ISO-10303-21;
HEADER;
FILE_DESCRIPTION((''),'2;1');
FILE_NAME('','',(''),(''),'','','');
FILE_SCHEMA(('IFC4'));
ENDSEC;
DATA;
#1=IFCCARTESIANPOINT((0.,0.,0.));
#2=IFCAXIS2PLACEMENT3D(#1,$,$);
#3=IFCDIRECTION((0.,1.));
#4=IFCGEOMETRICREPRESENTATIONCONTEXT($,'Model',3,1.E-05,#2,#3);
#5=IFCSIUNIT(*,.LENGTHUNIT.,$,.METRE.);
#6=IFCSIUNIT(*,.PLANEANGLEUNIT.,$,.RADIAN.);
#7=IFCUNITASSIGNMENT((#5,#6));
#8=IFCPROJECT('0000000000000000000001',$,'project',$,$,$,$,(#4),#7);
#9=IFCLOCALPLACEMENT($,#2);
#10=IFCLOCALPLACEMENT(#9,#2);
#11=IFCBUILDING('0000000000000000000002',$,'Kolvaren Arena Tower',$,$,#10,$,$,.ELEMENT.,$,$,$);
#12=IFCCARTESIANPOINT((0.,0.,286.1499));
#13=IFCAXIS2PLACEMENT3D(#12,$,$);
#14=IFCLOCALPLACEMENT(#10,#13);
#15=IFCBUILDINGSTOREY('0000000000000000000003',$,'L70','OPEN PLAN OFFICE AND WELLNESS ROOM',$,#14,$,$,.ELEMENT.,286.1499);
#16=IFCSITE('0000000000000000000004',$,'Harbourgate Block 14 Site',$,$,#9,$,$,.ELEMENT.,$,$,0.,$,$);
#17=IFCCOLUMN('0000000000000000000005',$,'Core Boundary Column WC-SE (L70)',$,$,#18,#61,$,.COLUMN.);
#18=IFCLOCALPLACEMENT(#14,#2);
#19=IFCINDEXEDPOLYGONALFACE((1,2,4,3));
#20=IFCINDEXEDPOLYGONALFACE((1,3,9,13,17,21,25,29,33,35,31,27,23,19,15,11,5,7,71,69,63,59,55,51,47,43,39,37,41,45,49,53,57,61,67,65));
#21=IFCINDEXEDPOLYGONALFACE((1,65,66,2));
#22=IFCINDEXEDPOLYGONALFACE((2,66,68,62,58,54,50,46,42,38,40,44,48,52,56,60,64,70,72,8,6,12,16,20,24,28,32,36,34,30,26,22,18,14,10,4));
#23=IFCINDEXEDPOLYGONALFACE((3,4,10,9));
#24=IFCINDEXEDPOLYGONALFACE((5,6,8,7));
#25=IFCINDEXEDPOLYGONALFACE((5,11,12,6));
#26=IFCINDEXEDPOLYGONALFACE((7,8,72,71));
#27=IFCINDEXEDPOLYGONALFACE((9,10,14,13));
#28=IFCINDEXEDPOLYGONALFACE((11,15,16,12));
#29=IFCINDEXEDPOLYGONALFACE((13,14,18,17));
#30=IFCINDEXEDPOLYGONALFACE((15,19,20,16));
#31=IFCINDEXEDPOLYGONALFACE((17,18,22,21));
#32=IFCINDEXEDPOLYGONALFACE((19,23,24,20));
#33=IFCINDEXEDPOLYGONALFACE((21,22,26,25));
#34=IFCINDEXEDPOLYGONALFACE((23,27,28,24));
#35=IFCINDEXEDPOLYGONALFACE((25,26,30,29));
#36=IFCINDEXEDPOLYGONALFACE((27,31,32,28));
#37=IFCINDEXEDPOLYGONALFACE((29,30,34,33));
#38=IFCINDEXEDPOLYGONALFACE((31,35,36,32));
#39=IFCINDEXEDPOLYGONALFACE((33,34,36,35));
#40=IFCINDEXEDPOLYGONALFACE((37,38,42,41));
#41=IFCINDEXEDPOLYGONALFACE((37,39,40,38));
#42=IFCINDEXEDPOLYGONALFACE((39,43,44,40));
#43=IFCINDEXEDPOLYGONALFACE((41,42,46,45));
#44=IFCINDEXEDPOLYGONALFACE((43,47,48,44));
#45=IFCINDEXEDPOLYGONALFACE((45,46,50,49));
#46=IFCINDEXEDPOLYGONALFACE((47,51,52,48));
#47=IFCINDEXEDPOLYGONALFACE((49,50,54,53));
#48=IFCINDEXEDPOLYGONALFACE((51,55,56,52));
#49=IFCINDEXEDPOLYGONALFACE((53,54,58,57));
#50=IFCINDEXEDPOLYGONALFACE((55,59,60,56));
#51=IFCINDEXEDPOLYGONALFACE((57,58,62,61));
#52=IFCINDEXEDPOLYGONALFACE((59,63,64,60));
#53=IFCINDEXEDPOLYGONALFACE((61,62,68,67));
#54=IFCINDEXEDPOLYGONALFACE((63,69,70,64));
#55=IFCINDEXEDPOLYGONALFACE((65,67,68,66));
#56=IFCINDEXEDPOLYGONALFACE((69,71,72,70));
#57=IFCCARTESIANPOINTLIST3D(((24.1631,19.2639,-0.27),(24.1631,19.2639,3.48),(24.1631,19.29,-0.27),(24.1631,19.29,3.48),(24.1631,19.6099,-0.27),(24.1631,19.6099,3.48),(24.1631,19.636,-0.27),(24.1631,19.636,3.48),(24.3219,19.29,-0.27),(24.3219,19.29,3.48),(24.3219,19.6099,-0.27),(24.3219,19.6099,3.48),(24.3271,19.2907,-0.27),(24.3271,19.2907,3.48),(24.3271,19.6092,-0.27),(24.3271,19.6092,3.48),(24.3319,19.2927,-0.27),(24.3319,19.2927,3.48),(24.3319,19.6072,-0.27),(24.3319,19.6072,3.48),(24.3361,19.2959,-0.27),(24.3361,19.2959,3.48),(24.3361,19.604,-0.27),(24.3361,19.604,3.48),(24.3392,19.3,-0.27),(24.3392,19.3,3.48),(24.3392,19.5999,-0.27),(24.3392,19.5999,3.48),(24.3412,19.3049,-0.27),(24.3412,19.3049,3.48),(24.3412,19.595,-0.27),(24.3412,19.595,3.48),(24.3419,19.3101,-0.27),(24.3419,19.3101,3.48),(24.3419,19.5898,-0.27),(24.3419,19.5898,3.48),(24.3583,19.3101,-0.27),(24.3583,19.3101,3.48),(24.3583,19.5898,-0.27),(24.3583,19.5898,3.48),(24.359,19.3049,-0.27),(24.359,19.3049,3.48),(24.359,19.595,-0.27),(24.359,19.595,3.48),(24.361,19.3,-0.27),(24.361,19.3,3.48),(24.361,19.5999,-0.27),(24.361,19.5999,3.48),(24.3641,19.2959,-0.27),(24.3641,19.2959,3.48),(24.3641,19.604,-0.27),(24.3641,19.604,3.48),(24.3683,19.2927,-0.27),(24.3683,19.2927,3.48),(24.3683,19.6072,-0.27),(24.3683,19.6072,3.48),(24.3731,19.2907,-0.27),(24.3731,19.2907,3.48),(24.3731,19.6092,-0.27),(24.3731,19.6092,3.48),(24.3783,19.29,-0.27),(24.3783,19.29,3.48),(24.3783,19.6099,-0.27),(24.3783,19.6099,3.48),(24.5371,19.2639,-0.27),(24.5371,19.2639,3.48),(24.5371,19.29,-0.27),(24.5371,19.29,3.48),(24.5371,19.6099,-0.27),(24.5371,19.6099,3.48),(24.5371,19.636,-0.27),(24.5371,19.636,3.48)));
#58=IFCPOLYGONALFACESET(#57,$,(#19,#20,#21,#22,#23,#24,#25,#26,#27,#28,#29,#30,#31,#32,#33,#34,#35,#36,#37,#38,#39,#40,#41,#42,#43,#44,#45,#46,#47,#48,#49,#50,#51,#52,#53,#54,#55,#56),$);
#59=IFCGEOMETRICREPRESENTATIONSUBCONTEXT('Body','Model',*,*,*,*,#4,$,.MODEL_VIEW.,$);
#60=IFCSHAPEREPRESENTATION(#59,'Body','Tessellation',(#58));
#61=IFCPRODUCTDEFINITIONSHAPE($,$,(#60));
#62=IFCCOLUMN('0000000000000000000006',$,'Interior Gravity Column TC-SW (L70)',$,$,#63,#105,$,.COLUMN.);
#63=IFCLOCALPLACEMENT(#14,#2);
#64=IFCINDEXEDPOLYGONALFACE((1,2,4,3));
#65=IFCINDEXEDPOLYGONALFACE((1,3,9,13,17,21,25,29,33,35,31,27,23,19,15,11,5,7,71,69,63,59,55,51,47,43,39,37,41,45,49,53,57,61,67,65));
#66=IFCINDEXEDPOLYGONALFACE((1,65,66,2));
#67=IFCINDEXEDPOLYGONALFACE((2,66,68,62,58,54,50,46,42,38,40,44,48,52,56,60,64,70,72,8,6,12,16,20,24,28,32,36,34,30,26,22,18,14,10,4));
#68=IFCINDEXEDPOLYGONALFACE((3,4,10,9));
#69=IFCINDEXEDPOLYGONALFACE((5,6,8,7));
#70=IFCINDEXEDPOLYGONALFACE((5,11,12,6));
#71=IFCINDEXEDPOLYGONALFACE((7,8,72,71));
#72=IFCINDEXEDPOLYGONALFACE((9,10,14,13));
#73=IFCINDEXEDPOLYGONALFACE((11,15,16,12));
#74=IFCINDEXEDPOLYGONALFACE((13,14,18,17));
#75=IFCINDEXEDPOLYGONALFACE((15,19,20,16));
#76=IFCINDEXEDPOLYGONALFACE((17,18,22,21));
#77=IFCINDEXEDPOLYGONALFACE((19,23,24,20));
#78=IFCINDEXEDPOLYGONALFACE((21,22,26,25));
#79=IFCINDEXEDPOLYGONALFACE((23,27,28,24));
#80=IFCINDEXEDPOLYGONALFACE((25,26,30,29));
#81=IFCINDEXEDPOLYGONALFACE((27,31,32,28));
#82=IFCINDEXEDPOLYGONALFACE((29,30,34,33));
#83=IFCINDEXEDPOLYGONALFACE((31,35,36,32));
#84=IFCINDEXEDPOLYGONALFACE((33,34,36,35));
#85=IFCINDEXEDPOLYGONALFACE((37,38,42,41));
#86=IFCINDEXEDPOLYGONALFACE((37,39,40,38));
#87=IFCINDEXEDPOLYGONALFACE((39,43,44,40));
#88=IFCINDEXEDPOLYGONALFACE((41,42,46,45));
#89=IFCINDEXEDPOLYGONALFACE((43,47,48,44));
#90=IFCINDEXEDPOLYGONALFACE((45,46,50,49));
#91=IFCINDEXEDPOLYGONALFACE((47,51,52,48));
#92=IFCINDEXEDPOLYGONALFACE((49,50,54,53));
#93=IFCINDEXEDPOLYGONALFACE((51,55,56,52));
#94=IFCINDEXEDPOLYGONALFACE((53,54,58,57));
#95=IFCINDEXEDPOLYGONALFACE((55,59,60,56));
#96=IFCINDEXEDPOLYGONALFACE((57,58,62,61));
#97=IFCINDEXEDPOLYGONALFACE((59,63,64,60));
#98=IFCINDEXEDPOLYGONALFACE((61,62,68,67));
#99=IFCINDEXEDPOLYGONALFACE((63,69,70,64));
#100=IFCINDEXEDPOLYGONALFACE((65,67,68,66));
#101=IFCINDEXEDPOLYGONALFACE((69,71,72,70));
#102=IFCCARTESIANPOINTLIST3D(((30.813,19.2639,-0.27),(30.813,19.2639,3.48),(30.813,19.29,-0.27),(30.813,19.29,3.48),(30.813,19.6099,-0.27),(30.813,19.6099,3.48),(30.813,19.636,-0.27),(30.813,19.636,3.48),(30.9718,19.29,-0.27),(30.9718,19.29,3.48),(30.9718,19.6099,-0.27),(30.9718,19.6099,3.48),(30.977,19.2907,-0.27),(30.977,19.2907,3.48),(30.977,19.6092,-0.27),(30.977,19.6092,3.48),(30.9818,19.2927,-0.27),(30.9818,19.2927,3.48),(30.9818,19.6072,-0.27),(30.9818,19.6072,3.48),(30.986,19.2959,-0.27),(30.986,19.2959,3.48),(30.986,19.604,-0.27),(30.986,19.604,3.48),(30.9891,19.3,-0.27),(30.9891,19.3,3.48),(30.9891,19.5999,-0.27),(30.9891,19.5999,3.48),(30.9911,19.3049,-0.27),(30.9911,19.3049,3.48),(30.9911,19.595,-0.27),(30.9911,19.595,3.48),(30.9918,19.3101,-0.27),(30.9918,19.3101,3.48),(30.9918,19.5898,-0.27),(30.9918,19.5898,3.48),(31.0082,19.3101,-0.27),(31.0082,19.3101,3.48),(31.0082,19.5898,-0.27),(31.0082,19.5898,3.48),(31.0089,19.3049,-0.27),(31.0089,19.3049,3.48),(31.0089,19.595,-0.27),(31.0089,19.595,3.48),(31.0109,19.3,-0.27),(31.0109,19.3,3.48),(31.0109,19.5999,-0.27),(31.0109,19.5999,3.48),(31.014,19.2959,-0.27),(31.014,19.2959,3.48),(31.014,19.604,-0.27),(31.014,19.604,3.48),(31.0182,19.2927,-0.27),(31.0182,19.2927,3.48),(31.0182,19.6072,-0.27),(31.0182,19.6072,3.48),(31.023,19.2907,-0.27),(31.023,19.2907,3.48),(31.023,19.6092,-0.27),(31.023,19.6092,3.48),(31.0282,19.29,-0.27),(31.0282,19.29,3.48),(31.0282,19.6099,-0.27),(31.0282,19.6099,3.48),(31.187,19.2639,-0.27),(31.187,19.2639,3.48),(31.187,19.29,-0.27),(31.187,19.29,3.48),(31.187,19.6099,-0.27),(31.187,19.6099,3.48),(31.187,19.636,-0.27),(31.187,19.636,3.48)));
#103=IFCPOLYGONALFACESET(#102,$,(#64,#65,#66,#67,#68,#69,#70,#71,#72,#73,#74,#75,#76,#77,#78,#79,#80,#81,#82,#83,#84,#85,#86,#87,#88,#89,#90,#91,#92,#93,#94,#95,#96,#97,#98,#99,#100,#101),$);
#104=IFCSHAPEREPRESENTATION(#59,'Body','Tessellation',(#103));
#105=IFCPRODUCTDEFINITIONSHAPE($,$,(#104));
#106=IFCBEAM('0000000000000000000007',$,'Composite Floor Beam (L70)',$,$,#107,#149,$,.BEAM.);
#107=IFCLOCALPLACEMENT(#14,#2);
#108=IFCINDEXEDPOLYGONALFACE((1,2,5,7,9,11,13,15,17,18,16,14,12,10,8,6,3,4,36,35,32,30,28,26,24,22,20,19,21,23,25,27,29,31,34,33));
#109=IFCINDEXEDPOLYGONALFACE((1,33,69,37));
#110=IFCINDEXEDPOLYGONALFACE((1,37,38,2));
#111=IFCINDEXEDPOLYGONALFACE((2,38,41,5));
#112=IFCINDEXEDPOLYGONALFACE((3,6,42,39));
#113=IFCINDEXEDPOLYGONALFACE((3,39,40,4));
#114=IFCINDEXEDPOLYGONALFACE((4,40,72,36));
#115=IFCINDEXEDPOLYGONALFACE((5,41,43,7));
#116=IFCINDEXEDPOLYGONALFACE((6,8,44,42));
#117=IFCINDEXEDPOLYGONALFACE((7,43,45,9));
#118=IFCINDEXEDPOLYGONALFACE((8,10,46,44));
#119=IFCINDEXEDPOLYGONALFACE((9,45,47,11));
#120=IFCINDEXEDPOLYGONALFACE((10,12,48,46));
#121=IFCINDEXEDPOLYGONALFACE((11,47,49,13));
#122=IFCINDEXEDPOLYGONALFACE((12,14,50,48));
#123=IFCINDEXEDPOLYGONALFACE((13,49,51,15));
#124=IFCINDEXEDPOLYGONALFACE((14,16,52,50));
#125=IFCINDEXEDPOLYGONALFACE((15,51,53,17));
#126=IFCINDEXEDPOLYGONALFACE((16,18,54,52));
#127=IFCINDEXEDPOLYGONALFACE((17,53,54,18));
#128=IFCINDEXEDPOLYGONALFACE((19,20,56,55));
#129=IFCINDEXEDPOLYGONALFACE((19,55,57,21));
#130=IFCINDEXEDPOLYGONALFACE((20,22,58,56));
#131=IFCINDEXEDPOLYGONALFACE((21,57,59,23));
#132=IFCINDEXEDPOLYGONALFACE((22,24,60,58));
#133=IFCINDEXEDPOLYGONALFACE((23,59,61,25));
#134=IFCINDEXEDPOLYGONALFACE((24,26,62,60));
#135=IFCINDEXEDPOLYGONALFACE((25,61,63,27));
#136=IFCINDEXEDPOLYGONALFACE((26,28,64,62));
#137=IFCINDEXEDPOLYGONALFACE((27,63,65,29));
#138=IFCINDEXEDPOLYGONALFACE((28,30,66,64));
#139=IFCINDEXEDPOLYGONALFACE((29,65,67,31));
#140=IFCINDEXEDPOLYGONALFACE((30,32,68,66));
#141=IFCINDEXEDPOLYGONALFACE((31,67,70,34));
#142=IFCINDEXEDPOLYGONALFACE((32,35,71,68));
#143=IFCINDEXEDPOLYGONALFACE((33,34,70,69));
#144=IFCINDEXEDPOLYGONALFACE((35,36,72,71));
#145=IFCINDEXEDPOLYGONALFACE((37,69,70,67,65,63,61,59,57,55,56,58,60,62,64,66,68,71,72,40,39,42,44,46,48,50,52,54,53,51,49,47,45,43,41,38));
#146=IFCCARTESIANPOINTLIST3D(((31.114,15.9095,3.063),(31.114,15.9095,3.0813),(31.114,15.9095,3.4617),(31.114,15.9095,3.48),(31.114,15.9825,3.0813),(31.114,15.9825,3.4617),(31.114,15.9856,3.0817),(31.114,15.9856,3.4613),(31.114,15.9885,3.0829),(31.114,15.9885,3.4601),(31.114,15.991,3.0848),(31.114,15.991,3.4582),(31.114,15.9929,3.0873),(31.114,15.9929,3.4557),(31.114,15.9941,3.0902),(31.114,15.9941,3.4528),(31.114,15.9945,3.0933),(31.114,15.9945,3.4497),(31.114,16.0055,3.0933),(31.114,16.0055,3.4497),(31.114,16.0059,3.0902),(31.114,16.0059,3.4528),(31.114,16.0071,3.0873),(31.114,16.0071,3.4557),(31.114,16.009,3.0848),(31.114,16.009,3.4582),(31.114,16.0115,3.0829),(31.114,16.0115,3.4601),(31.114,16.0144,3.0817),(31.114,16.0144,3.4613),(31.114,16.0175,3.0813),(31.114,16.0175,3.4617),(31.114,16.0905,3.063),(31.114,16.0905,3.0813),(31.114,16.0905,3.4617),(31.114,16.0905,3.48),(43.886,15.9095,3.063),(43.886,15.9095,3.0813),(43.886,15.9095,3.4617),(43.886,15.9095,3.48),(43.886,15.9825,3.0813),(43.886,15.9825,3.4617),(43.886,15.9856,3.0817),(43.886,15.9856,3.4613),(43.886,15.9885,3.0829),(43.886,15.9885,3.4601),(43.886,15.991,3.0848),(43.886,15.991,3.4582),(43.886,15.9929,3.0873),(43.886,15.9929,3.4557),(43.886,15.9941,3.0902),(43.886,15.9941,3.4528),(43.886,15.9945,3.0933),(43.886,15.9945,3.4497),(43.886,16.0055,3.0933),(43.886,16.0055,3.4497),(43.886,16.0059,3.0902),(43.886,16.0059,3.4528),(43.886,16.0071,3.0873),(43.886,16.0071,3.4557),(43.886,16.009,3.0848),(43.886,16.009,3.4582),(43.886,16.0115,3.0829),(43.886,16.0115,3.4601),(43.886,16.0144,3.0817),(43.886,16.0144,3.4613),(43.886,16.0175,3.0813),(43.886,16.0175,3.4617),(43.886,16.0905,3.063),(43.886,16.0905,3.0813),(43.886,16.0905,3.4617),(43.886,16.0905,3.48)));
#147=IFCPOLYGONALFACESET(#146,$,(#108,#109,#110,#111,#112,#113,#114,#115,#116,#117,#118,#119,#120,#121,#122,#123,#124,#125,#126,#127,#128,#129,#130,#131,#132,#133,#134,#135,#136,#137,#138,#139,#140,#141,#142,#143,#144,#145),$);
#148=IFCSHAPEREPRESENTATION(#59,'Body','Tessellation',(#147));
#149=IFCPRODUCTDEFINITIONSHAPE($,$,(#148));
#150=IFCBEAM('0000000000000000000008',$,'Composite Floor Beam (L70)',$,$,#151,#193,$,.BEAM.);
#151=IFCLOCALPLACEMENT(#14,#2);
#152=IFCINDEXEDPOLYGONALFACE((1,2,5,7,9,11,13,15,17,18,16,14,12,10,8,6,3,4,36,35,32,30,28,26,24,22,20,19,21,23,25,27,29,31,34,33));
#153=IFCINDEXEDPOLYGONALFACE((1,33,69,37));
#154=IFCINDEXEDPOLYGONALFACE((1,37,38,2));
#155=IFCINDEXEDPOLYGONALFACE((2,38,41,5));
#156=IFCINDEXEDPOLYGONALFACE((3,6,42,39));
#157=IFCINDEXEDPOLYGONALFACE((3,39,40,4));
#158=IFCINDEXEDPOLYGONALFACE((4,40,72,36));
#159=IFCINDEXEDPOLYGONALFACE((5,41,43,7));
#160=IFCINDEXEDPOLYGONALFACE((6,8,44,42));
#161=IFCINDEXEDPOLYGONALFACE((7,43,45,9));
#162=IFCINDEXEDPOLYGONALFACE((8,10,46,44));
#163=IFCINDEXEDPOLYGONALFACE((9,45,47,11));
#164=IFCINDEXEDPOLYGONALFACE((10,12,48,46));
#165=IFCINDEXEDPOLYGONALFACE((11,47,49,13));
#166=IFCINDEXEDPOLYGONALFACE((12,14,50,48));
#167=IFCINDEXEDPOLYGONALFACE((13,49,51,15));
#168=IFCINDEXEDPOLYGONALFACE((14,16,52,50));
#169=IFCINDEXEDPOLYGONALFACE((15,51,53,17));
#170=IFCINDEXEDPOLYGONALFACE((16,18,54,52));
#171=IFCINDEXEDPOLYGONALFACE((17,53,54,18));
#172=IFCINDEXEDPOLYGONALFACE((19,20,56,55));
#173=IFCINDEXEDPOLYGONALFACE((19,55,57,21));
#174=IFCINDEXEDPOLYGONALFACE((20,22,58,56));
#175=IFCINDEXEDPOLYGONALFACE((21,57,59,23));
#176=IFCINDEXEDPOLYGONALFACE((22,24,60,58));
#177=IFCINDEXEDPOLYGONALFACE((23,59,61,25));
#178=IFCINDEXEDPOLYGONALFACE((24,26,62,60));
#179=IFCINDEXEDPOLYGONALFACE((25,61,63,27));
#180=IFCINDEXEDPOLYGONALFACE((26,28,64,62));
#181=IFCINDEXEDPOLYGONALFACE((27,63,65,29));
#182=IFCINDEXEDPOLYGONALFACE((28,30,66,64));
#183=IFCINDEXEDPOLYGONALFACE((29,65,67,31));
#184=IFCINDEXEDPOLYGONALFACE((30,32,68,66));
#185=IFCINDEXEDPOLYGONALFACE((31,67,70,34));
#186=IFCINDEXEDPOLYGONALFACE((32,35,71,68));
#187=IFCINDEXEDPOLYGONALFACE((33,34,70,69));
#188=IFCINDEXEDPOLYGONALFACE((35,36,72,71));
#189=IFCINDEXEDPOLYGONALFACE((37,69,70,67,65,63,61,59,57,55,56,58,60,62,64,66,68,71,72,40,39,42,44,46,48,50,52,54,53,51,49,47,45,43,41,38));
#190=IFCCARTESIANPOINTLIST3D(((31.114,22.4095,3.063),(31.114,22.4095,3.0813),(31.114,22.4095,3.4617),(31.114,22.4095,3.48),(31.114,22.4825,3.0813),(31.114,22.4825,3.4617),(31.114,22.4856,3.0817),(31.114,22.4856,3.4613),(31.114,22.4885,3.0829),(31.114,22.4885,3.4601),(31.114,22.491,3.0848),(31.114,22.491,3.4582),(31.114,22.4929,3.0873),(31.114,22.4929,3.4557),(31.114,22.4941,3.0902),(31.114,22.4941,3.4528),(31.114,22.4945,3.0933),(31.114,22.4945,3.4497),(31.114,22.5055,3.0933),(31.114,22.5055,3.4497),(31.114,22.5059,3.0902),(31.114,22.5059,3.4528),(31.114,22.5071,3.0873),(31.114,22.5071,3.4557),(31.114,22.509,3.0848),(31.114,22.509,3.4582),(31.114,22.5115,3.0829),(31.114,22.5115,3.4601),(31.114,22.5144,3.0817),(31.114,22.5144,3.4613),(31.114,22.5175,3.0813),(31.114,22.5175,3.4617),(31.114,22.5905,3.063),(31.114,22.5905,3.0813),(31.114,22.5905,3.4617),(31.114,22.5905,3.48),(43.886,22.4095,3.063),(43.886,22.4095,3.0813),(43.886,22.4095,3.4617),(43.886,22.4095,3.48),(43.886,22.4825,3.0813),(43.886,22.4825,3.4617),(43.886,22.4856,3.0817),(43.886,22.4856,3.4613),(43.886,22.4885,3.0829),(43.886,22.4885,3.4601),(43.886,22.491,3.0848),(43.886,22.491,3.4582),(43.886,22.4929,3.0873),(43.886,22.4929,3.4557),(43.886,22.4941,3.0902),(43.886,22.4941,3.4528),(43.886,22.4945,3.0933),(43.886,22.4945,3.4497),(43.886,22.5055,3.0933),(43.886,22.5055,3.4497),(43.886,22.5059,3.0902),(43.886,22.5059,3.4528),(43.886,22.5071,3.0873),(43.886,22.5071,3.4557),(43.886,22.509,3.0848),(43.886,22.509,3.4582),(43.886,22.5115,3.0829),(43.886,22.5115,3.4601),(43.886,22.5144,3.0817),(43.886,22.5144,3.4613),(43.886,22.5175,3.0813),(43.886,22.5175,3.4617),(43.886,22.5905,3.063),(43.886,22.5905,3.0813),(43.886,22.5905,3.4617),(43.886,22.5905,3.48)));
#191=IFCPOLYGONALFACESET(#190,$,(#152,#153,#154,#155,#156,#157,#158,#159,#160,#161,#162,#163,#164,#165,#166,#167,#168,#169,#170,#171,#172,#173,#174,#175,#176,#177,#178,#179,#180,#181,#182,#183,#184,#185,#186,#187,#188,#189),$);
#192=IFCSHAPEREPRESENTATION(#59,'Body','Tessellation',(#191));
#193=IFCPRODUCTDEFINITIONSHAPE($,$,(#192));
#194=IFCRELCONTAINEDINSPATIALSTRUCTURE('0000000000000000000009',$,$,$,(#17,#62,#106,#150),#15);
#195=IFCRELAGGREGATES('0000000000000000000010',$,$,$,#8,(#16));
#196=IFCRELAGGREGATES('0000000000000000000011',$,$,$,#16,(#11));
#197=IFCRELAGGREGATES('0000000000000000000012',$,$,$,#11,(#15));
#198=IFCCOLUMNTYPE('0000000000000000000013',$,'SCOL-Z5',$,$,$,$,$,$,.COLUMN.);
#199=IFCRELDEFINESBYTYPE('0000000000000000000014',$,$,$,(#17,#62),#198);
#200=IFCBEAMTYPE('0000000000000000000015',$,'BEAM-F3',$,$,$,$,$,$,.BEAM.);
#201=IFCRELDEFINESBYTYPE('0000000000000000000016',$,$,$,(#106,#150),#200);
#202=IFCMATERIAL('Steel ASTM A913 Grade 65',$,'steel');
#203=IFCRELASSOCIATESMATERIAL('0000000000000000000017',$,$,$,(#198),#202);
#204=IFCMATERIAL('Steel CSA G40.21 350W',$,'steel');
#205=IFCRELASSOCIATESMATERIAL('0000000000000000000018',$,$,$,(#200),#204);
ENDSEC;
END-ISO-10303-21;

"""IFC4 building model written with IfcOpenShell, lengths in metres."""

from ifc_helpers import new_model, si_unit, direction, frame, origin, origin_2d, place, context, subcontext, project, spatial, i_section, extrude, material, material_profile, profile_set, type_object, element, save


model = new_model("IFC4")

# Units and contexts
model_context = context("Model", 3, precision=1e-05, world=origin(), true_north=direction((0.0, 1.0)))
body_context = subcontext(model_context, "Body", "Model", "MODEL_VIEW")
ifc_project = project(units=[si_unit("LENGTHUNIT", "METRE"), si_unit("PLANEANGLEUNIT", "RADIAN")], contexts=[model_context])

# Site, building, storey
site_placement = place(None, origin())
site = spatial("IfcSite", under=ifc_project, at=site_placement, Name="Harbourgate Block 14 Site", CompositionType="ELEMENT", RefElevation=0.0)
building_placement = place(site_placement, origin())
building = spatial("IfcBuilding", under=site, at=building_placement, Name="Kolvaren Arena Tower", CompositionType="ELEMENT")
storey_placement = place(building_placement, frame((0.0, 0.0, 286.1499)))
storey = spatial("IfcBuildingStorey", under=building, at=storey_placement, Name="L70", Description="OPEN PLAN OFFICE AND WELLNESS ROOM", CompositionType="ELEMENT", Elevation=286.1499)

# Columns
ifc_material_1 = material(Name="Steel ASTM A913 Grade 65", Category="steel")
ifc_material_profile_1 = material_profile(ifc_material_1, i_section(OverallWidth=0.374, OverallDepth=0.3721, WebThickness=0.0164, FlangeThickness=0.0261, FilletRadius=0.02, at=origin_2d()), Name="W360x196")
ifc_profile_set_1 = profile_set([ifc_material_profile_1], Name="Steel ASTM A913 Grade 65")
column_type = type_object("IfcColumnType", Name="SCOL-Z5", PredefinedType="COLUMN", material=ifc_profile_set_1)
for number, where, z_axis, x_axis, name in (
    (1, (24.3501, 19.45, -0.27), (0.0, 0.0, 1.0), (1.0, 0.0, 0.0), "Core Boundary Column WC-SE (L70)"),
    (2, (31.0, 19.45, -0.27), (0.0, 0.0, 1.0), (1.0, 0.0, 0.0), "Interior Gravity Column TC-SW (L70)"),
):
    element("IfcColumn", number, at=place(storey_placement, frame(where, z_axis=z_axis, x_axis=x_axis)), inside=storey, type_object=column_type, Name=name, PredefinedType="COLUMN", context=body_context, shape_type="SweptSolid", body=[
        extrude(i_section(OverallWidth=0.374, OverallDepth=0.3721, WebThickness=0.0164, FlangeThickness=0.0261, FilletRadius=0.02, at=origin_2d()), origin(), (0.0, 0.0, 1.0), 3.75),
    ])

# Beams
ifc_material_2 = material(Name="Steel CSA G40.21 350W", Category="steel")
ifc_material_profile_2 = material_profile(ifc_material_2, i_section(OverallWidth=0.1809, OverallDepth=0.417, WebThickness=0.011, FlangeThickness=0.0183, FilletRadius=0.012, at=origin_2d()), Name="W410x85")
ifc_profile_set_2 = profile_set([ifc_material_profile_2], Name="Steel CSA G40.21 350W")
beam_type_1 = type_object("IfcBeamType", Name="BEAM-F3", PredefinedType="BEAM", material=ifc_profile_set_2)
for number, where, z_axis, x_axis, name in (
    (3, (31.114, 16.0, 3.2715), (1.0, 0.0, 0.0), (0.0, 1.0, 0.0), "Composite Floor Beam (L70)"),
    (4, (31.114, 22.5, 3.2715), (1.0, 0.0, 0.0), (0.0, 1.0, 0.0), "Composite Floor Beam (L70)"),
):
    element("IfcBeam", number, at=place(storey_placement, frame(where, z_axis=z_axis, x_axis=x_axis)), inside=storey, type_object=beam_type_1, Name=name, PredefinedType="BEAM", context=body_context, shape_type="SweptSolid", body=[
        extrude(i_section(OverallWidth=0.1809, OverallDepth=0.417, WebThickness=0.011, FlangeThickness=0.0183, FilletRadius=0.012, at=origin_2d()), origin(), (0.0, 0.0, 1.0), 12.772),
    ])

save(model, "model.ifc")
